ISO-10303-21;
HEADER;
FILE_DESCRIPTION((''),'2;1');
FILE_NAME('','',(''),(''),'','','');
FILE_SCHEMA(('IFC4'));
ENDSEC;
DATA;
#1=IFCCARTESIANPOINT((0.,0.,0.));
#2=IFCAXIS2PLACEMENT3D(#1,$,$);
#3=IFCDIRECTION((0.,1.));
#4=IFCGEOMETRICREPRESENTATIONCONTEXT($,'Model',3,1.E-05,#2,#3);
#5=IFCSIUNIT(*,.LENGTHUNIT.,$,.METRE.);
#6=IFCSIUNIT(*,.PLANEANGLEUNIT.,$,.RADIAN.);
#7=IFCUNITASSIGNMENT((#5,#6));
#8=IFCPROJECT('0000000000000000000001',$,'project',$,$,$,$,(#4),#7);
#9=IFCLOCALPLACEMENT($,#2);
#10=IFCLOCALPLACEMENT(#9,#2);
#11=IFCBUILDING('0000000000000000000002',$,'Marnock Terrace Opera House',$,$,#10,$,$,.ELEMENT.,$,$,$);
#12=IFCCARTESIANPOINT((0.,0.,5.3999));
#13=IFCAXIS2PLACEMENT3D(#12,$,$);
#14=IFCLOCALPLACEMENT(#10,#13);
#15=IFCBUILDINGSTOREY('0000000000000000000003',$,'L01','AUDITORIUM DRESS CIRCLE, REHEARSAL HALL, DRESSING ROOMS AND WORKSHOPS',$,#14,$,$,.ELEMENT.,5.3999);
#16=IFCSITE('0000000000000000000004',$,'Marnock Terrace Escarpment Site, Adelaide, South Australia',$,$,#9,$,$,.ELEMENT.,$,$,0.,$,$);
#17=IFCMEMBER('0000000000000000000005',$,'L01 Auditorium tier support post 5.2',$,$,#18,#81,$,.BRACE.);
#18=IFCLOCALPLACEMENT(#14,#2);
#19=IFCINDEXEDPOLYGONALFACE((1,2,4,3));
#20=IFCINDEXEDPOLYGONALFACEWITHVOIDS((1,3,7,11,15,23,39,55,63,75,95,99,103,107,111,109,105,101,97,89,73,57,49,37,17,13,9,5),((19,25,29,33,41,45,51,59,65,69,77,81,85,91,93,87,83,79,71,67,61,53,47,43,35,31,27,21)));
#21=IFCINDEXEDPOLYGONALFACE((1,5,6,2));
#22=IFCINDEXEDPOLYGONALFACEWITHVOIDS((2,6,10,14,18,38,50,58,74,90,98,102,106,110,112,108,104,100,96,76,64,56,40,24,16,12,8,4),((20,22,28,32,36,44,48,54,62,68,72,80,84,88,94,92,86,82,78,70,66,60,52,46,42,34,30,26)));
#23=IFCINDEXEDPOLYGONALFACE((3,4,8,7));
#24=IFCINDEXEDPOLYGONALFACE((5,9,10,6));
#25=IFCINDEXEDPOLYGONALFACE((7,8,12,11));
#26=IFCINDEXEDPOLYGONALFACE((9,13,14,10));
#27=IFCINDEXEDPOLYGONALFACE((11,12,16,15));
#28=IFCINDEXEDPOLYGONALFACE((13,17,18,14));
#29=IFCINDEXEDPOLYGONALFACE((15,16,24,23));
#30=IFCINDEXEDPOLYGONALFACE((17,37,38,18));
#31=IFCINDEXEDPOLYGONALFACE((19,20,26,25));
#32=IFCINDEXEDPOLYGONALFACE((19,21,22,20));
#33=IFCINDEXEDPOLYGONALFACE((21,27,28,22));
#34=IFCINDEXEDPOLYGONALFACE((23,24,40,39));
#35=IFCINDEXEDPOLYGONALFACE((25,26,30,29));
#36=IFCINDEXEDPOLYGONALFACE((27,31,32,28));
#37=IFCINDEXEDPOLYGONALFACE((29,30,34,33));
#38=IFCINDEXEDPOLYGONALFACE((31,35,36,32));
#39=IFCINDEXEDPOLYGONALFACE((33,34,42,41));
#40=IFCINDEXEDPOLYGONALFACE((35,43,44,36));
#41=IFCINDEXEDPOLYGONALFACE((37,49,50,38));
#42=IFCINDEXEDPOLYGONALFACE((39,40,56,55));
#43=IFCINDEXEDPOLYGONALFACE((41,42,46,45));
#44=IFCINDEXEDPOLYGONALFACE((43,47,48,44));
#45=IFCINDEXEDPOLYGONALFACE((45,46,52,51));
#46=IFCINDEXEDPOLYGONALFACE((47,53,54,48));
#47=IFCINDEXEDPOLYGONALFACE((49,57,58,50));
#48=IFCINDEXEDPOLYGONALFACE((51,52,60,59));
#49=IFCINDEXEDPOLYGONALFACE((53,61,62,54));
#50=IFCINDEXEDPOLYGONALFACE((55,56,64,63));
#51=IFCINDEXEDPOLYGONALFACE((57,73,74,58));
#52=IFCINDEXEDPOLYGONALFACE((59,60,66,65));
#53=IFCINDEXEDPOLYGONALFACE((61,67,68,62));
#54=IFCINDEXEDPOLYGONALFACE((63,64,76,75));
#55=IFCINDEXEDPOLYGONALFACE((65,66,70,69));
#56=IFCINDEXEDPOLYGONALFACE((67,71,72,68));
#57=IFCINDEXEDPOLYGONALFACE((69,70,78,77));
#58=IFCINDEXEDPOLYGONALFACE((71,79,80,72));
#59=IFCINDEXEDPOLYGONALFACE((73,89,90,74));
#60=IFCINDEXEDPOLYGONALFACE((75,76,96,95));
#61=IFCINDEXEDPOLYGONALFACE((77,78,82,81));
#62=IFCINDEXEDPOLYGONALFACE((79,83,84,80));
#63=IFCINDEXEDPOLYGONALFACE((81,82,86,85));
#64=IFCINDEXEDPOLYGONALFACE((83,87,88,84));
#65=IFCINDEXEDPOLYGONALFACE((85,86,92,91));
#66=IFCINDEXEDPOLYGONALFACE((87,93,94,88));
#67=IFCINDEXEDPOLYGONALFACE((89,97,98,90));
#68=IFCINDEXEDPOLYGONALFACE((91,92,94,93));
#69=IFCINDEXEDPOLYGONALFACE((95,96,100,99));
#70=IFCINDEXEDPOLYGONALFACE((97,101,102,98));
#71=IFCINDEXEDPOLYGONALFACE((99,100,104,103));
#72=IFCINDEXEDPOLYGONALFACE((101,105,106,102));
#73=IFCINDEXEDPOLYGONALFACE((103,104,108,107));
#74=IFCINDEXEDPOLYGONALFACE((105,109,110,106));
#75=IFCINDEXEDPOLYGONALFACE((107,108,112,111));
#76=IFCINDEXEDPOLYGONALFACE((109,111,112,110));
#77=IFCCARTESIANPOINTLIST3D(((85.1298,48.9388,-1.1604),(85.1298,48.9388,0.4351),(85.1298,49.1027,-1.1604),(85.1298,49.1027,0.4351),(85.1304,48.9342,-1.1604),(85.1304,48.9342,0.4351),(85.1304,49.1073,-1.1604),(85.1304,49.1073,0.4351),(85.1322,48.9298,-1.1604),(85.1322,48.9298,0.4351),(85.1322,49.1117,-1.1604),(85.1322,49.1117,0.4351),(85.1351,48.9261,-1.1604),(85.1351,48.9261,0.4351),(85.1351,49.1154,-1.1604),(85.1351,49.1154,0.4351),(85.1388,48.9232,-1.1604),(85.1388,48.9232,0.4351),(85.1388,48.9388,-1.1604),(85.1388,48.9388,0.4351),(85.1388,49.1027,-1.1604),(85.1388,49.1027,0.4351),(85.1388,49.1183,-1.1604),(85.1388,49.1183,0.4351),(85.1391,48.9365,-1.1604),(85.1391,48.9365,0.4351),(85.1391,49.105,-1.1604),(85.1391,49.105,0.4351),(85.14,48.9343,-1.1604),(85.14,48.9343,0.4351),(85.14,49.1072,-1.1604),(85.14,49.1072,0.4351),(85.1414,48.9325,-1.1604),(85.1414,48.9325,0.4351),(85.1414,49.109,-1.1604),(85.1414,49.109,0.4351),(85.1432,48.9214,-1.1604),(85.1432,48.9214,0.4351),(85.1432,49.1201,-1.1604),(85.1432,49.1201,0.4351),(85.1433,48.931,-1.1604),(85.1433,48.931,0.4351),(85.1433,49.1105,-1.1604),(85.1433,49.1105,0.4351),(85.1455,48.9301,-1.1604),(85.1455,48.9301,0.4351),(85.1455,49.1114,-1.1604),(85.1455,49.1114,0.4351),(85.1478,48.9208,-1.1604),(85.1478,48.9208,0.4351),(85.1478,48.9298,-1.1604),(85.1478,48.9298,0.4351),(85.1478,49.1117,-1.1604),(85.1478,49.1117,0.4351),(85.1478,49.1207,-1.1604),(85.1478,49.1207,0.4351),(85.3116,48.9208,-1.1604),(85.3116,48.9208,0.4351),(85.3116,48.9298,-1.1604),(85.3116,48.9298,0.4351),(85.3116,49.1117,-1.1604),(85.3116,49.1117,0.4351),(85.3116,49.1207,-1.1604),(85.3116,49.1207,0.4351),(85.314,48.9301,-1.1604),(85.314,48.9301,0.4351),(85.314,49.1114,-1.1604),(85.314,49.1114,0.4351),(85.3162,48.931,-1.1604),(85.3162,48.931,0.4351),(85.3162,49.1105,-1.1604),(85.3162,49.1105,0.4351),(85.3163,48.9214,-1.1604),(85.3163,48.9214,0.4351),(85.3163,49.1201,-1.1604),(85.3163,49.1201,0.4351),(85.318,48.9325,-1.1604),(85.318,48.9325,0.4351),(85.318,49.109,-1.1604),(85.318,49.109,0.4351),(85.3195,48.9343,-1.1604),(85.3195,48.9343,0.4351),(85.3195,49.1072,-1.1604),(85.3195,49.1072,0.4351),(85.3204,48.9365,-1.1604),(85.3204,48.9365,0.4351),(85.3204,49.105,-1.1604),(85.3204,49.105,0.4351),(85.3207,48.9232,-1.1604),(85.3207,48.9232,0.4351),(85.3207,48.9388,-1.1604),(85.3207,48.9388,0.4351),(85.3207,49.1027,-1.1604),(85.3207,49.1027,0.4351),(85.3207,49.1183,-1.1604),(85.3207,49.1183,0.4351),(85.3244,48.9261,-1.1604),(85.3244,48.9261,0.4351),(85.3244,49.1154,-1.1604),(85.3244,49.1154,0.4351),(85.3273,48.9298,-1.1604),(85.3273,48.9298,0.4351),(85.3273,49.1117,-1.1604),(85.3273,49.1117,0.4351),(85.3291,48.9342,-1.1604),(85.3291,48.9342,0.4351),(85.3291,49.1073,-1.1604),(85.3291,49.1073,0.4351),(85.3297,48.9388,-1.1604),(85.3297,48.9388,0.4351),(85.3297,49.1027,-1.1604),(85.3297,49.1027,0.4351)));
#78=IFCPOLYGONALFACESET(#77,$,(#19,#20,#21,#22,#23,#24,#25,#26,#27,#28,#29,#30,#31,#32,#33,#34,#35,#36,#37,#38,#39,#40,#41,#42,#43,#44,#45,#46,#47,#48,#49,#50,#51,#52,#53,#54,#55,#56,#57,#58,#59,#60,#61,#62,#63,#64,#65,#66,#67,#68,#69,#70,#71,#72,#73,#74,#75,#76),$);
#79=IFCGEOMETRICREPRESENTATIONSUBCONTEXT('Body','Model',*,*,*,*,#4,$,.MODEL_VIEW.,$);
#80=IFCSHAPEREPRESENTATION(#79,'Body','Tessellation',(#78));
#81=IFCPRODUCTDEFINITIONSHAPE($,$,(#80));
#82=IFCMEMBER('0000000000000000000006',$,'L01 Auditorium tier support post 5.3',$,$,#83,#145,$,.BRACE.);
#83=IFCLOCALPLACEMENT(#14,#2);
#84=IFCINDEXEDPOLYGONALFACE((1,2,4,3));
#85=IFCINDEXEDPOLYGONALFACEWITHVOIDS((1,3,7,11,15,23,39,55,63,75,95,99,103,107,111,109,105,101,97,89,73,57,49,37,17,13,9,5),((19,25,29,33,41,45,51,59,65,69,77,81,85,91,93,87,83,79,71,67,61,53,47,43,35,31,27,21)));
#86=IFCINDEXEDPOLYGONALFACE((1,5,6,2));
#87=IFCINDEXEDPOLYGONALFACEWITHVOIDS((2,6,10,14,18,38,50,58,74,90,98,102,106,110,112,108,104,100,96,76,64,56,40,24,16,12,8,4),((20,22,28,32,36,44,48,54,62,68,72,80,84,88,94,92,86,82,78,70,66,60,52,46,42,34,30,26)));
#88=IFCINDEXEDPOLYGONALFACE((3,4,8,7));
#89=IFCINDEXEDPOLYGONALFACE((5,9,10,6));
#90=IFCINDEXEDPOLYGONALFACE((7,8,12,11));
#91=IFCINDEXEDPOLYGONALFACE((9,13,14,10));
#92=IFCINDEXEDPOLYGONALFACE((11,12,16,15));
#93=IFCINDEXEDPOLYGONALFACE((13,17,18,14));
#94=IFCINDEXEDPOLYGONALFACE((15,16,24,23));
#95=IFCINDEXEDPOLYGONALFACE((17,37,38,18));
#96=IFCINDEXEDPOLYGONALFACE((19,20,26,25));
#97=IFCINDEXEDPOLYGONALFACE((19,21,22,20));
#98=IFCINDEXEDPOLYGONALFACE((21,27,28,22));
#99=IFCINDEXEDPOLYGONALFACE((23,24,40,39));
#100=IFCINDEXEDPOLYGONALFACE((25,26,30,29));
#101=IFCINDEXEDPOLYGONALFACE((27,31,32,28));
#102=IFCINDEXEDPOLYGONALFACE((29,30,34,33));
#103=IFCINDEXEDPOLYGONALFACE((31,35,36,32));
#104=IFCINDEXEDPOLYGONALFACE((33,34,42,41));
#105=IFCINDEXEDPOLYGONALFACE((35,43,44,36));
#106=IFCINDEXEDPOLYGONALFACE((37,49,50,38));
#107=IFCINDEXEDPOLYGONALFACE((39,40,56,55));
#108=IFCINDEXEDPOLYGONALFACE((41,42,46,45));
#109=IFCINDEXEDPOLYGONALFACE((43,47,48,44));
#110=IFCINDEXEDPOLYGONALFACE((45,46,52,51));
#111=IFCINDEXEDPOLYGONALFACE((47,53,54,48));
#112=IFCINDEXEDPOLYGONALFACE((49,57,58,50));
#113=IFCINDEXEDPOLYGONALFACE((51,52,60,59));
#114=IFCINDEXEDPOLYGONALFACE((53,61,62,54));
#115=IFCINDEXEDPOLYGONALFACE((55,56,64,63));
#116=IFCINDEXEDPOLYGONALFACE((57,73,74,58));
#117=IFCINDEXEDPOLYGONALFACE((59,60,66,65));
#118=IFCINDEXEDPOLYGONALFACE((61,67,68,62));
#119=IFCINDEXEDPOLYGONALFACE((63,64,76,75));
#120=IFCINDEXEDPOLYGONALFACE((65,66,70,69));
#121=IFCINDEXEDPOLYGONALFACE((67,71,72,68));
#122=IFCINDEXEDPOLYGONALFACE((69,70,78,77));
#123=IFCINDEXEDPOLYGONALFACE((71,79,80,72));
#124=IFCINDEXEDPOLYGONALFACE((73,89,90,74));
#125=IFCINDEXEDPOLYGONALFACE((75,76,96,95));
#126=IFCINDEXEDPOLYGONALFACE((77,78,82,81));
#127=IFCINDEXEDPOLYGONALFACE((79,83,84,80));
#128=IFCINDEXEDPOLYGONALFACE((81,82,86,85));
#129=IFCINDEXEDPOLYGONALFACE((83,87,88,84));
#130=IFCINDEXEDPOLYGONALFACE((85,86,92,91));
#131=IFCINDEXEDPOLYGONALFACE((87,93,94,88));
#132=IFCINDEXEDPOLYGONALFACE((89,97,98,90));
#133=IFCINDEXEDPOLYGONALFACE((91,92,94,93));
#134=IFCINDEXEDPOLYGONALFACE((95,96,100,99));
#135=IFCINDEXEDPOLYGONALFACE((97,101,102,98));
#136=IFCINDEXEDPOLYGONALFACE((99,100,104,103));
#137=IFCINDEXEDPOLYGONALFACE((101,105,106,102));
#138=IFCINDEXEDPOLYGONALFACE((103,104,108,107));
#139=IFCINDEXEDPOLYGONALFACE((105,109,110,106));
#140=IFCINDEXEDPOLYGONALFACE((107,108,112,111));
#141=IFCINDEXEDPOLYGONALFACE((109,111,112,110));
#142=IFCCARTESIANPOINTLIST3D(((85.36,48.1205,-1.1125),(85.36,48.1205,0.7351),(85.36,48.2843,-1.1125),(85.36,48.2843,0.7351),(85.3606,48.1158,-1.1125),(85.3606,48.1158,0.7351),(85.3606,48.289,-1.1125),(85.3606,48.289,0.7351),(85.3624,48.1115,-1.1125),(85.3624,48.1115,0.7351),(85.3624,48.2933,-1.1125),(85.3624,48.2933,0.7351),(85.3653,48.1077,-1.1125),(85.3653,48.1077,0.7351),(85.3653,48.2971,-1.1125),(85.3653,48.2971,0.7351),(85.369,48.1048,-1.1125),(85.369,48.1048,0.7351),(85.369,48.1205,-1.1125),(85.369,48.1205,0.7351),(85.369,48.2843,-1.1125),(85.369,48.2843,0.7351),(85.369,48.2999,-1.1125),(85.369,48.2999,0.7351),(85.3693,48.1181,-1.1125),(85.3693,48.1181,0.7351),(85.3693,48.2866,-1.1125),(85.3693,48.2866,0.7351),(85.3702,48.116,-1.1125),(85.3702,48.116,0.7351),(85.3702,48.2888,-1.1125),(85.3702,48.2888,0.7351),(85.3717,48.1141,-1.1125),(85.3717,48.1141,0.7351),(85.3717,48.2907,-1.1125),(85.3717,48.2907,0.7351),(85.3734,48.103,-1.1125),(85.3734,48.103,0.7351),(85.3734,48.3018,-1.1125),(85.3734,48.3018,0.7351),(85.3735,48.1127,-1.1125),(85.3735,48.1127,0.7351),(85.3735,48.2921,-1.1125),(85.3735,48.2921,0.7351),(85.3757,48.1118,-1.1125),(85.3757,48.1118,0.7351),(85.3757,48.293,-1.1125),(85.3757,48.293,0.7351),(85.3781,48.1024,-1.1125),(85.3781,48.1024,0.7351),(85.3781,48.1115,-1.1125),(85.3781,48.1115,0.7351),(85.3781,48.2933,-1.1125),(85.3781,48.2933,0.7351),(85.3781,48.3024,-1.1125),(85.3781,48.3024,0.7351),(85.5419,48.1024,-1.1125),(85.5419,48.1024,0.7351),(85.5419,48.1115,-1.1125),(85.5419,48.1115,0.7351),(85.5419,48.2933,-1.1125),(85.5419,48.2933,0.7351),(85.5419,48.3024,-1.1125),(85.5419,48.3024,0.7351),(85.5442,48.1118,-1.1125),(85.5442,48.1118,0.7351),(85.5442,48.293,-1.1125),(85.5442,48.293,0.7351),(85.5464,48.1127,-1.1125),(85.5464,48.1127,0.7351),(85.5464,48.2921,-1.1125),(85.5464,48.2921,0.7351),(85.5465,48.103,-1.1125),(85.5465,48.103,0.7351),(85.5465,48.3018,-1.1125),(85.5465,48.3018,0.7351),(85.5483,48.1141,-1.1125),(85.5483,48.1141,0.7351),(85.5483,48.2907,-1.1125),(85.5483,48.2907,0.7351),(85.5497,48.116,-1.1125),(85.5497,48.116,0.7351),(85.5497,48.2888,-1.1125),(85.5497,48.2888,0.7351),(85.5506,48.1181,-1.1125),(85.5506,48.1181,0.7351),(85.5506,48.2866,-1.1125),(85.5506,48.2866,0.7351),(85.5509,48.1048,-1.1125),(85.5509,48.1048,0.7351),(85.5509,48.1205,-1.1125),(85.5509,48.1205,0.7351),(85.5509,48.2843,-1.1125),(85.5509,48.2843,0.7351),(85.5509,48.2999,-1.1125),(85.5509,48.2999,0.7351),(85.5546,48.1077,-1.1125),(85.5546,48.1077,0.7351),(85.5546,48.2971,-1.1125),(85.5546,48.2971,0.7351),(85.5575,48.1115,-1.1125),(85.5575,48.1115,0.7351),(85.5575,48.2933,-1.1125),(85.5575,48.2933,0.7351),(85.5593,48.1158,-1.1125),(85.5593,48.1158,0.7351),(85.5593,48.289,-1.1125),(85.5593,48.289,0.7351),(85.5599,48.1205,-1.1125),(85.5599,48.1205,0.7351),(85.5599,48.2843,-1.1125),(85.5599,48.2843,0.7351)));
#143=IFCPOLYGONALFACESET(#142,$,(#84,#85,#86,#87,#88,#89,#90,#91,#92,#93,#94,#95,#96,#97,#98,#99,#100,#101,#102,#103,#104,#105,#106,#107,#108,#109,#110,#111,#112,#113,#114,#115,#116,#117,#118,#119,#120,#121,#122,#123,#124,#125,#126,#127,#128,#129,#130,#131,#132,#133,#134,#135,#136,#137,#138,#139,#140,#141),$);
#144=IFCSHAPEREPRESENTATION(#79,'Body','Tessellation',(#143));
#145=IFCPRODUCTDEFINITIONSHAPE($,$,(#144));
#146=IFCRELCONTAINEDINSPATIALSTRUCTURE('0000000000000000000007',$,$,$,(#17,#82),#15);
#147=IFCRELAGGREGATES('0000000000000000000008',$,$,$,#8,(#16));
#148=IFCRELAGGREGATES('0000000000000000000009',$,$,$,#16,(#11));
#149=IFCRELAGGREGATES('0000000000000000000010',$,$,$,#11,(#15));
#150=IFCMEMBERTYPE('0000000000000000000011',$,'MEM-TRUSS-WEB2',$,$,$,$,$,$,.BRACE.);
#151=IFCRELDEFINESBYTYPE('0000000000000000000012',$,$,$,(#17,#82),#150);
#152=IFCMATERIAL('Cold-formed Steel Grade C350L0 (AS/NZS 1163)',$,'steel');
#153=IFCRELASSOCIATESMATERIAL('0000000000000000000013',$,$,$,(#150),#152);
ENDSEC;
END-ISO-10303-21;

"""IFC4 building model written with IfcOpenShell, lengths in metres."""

from ifc_helpers import new_model, si_unit, direction, frame, origin, origin_2d, place, context, subcontext, project, spatial, hollow_rectangle, extrude, material, material_profile, profile_set, type_object, element, save


model = new_model("IFC4")

# Units and contexts
model_context = context("Model", 3, precision=1e-05, world=origin(), true_north=direction((0.0, 1.0)))
body_context = subcontext(model_context, "Body", "Model", "MODEL_VIEW")
ifc_project = project(units=[si_unit("LENGTHUNIT", "METRE"), si_unit("PLANEANGLEUNIT", "RADIAN")], contexts=[model_context])

# Site, building, storey
site_placement = place(None, origin())
site = spatial("IfcSite", under=ifc_project, at=site_placement, Name="Marnock Terrace Escarpment Site, Adelaide, South Australia", CompositionType="ELEMENT", RefElevation=0.0)
building_placement = place(site_placement, origin())
building = spatial("IfcBuilding", under=site, at=building_placement, Name="Marnock Terrace Opera House", CompositionType="ELEMENT")
storey_placement = place(building_placement, frame((0.0, 0.0, 5.3999)))
storey = spatial("IfcBuildingStorey", under=building, at=storey_placement, Name="L01", Description="AUDITORIUM DRESS CIRCLE, REHEARSAL HALL, DRESSING ROOMS AND WORKSHOPS", CompositionType="ELEMENT", Elevation=5.3999)

# Members
ifc_material_1 = material(Name="Cold-formed Steel Grade C350L0 (AS/NZS 1163)", Category="steel")
ifc_material_profile_1 = material_profile(ifc_material_1, hollow_rectangle(XDim=0.2, YDim=0.2, WallThickness=0.009, InnerFilletRadius=0.009, OuterFilletRadius=0.0181, at=origin_2d()))
ifc_profile_set_1 = profile_set([ifc_material_profile_1], Name="Cold-formed Steel Grade C350L0 (AS/NZS 1163)")
member_type = type_object("IfcMemberType", Name="MEM-TRUSS-WEB2", PredefinedType="BRACE", material=ifc_profile_set_1)
member_1_placement = place(storey_placement, frame((85.2297, 49.0208, -1.1604), z_axis=(0.0, 0.0, 1.0), x_axis=(1.0, 0.0, 0.0)))
element("IfcMember", 1, at=member_1_placement, inside=storey, type_object=member_type, Name="L01 Auditorium tier support post 5.2", PredefinedType="BRACE", context=body_context, shape_type="SweptSolid", body=[
    extrude(hollow_rectangle(XDim=0.2, YDim=0.2, WallThickness=0.009, InnerFilletRadius=0.009, OuterFilletRadius=0.0181, at=origin_2d()), origin(), (0.0, 0.0, 1.0), 1.5955),
])
member_2_placement = place(storey_placement, frame((85.46, 48.2024, -1.1125), z_axis=(0.0, 0.0, 1.0), x_axis=(1.0, 0.0, 0.0)))
element("IfcMember", 2, at=member_2_placement, inside=storey, type_object=member_type, Name="L01 Auditorium tier support post 5.3", PredefinedType="BRACE", context=body_context, shape_type="SweptSolid", body=[
    extrude(hollow_rectangle(XDim=0.2, YDim=0.2, WallThickness=0.009, InnerFilletRadius=0.009, OuterFilletRadius=0.0181, at=origin_2d()), origin(), (0.0, 0.0, 1.0), 1.8477),
])

save(model, "model.ifc")
